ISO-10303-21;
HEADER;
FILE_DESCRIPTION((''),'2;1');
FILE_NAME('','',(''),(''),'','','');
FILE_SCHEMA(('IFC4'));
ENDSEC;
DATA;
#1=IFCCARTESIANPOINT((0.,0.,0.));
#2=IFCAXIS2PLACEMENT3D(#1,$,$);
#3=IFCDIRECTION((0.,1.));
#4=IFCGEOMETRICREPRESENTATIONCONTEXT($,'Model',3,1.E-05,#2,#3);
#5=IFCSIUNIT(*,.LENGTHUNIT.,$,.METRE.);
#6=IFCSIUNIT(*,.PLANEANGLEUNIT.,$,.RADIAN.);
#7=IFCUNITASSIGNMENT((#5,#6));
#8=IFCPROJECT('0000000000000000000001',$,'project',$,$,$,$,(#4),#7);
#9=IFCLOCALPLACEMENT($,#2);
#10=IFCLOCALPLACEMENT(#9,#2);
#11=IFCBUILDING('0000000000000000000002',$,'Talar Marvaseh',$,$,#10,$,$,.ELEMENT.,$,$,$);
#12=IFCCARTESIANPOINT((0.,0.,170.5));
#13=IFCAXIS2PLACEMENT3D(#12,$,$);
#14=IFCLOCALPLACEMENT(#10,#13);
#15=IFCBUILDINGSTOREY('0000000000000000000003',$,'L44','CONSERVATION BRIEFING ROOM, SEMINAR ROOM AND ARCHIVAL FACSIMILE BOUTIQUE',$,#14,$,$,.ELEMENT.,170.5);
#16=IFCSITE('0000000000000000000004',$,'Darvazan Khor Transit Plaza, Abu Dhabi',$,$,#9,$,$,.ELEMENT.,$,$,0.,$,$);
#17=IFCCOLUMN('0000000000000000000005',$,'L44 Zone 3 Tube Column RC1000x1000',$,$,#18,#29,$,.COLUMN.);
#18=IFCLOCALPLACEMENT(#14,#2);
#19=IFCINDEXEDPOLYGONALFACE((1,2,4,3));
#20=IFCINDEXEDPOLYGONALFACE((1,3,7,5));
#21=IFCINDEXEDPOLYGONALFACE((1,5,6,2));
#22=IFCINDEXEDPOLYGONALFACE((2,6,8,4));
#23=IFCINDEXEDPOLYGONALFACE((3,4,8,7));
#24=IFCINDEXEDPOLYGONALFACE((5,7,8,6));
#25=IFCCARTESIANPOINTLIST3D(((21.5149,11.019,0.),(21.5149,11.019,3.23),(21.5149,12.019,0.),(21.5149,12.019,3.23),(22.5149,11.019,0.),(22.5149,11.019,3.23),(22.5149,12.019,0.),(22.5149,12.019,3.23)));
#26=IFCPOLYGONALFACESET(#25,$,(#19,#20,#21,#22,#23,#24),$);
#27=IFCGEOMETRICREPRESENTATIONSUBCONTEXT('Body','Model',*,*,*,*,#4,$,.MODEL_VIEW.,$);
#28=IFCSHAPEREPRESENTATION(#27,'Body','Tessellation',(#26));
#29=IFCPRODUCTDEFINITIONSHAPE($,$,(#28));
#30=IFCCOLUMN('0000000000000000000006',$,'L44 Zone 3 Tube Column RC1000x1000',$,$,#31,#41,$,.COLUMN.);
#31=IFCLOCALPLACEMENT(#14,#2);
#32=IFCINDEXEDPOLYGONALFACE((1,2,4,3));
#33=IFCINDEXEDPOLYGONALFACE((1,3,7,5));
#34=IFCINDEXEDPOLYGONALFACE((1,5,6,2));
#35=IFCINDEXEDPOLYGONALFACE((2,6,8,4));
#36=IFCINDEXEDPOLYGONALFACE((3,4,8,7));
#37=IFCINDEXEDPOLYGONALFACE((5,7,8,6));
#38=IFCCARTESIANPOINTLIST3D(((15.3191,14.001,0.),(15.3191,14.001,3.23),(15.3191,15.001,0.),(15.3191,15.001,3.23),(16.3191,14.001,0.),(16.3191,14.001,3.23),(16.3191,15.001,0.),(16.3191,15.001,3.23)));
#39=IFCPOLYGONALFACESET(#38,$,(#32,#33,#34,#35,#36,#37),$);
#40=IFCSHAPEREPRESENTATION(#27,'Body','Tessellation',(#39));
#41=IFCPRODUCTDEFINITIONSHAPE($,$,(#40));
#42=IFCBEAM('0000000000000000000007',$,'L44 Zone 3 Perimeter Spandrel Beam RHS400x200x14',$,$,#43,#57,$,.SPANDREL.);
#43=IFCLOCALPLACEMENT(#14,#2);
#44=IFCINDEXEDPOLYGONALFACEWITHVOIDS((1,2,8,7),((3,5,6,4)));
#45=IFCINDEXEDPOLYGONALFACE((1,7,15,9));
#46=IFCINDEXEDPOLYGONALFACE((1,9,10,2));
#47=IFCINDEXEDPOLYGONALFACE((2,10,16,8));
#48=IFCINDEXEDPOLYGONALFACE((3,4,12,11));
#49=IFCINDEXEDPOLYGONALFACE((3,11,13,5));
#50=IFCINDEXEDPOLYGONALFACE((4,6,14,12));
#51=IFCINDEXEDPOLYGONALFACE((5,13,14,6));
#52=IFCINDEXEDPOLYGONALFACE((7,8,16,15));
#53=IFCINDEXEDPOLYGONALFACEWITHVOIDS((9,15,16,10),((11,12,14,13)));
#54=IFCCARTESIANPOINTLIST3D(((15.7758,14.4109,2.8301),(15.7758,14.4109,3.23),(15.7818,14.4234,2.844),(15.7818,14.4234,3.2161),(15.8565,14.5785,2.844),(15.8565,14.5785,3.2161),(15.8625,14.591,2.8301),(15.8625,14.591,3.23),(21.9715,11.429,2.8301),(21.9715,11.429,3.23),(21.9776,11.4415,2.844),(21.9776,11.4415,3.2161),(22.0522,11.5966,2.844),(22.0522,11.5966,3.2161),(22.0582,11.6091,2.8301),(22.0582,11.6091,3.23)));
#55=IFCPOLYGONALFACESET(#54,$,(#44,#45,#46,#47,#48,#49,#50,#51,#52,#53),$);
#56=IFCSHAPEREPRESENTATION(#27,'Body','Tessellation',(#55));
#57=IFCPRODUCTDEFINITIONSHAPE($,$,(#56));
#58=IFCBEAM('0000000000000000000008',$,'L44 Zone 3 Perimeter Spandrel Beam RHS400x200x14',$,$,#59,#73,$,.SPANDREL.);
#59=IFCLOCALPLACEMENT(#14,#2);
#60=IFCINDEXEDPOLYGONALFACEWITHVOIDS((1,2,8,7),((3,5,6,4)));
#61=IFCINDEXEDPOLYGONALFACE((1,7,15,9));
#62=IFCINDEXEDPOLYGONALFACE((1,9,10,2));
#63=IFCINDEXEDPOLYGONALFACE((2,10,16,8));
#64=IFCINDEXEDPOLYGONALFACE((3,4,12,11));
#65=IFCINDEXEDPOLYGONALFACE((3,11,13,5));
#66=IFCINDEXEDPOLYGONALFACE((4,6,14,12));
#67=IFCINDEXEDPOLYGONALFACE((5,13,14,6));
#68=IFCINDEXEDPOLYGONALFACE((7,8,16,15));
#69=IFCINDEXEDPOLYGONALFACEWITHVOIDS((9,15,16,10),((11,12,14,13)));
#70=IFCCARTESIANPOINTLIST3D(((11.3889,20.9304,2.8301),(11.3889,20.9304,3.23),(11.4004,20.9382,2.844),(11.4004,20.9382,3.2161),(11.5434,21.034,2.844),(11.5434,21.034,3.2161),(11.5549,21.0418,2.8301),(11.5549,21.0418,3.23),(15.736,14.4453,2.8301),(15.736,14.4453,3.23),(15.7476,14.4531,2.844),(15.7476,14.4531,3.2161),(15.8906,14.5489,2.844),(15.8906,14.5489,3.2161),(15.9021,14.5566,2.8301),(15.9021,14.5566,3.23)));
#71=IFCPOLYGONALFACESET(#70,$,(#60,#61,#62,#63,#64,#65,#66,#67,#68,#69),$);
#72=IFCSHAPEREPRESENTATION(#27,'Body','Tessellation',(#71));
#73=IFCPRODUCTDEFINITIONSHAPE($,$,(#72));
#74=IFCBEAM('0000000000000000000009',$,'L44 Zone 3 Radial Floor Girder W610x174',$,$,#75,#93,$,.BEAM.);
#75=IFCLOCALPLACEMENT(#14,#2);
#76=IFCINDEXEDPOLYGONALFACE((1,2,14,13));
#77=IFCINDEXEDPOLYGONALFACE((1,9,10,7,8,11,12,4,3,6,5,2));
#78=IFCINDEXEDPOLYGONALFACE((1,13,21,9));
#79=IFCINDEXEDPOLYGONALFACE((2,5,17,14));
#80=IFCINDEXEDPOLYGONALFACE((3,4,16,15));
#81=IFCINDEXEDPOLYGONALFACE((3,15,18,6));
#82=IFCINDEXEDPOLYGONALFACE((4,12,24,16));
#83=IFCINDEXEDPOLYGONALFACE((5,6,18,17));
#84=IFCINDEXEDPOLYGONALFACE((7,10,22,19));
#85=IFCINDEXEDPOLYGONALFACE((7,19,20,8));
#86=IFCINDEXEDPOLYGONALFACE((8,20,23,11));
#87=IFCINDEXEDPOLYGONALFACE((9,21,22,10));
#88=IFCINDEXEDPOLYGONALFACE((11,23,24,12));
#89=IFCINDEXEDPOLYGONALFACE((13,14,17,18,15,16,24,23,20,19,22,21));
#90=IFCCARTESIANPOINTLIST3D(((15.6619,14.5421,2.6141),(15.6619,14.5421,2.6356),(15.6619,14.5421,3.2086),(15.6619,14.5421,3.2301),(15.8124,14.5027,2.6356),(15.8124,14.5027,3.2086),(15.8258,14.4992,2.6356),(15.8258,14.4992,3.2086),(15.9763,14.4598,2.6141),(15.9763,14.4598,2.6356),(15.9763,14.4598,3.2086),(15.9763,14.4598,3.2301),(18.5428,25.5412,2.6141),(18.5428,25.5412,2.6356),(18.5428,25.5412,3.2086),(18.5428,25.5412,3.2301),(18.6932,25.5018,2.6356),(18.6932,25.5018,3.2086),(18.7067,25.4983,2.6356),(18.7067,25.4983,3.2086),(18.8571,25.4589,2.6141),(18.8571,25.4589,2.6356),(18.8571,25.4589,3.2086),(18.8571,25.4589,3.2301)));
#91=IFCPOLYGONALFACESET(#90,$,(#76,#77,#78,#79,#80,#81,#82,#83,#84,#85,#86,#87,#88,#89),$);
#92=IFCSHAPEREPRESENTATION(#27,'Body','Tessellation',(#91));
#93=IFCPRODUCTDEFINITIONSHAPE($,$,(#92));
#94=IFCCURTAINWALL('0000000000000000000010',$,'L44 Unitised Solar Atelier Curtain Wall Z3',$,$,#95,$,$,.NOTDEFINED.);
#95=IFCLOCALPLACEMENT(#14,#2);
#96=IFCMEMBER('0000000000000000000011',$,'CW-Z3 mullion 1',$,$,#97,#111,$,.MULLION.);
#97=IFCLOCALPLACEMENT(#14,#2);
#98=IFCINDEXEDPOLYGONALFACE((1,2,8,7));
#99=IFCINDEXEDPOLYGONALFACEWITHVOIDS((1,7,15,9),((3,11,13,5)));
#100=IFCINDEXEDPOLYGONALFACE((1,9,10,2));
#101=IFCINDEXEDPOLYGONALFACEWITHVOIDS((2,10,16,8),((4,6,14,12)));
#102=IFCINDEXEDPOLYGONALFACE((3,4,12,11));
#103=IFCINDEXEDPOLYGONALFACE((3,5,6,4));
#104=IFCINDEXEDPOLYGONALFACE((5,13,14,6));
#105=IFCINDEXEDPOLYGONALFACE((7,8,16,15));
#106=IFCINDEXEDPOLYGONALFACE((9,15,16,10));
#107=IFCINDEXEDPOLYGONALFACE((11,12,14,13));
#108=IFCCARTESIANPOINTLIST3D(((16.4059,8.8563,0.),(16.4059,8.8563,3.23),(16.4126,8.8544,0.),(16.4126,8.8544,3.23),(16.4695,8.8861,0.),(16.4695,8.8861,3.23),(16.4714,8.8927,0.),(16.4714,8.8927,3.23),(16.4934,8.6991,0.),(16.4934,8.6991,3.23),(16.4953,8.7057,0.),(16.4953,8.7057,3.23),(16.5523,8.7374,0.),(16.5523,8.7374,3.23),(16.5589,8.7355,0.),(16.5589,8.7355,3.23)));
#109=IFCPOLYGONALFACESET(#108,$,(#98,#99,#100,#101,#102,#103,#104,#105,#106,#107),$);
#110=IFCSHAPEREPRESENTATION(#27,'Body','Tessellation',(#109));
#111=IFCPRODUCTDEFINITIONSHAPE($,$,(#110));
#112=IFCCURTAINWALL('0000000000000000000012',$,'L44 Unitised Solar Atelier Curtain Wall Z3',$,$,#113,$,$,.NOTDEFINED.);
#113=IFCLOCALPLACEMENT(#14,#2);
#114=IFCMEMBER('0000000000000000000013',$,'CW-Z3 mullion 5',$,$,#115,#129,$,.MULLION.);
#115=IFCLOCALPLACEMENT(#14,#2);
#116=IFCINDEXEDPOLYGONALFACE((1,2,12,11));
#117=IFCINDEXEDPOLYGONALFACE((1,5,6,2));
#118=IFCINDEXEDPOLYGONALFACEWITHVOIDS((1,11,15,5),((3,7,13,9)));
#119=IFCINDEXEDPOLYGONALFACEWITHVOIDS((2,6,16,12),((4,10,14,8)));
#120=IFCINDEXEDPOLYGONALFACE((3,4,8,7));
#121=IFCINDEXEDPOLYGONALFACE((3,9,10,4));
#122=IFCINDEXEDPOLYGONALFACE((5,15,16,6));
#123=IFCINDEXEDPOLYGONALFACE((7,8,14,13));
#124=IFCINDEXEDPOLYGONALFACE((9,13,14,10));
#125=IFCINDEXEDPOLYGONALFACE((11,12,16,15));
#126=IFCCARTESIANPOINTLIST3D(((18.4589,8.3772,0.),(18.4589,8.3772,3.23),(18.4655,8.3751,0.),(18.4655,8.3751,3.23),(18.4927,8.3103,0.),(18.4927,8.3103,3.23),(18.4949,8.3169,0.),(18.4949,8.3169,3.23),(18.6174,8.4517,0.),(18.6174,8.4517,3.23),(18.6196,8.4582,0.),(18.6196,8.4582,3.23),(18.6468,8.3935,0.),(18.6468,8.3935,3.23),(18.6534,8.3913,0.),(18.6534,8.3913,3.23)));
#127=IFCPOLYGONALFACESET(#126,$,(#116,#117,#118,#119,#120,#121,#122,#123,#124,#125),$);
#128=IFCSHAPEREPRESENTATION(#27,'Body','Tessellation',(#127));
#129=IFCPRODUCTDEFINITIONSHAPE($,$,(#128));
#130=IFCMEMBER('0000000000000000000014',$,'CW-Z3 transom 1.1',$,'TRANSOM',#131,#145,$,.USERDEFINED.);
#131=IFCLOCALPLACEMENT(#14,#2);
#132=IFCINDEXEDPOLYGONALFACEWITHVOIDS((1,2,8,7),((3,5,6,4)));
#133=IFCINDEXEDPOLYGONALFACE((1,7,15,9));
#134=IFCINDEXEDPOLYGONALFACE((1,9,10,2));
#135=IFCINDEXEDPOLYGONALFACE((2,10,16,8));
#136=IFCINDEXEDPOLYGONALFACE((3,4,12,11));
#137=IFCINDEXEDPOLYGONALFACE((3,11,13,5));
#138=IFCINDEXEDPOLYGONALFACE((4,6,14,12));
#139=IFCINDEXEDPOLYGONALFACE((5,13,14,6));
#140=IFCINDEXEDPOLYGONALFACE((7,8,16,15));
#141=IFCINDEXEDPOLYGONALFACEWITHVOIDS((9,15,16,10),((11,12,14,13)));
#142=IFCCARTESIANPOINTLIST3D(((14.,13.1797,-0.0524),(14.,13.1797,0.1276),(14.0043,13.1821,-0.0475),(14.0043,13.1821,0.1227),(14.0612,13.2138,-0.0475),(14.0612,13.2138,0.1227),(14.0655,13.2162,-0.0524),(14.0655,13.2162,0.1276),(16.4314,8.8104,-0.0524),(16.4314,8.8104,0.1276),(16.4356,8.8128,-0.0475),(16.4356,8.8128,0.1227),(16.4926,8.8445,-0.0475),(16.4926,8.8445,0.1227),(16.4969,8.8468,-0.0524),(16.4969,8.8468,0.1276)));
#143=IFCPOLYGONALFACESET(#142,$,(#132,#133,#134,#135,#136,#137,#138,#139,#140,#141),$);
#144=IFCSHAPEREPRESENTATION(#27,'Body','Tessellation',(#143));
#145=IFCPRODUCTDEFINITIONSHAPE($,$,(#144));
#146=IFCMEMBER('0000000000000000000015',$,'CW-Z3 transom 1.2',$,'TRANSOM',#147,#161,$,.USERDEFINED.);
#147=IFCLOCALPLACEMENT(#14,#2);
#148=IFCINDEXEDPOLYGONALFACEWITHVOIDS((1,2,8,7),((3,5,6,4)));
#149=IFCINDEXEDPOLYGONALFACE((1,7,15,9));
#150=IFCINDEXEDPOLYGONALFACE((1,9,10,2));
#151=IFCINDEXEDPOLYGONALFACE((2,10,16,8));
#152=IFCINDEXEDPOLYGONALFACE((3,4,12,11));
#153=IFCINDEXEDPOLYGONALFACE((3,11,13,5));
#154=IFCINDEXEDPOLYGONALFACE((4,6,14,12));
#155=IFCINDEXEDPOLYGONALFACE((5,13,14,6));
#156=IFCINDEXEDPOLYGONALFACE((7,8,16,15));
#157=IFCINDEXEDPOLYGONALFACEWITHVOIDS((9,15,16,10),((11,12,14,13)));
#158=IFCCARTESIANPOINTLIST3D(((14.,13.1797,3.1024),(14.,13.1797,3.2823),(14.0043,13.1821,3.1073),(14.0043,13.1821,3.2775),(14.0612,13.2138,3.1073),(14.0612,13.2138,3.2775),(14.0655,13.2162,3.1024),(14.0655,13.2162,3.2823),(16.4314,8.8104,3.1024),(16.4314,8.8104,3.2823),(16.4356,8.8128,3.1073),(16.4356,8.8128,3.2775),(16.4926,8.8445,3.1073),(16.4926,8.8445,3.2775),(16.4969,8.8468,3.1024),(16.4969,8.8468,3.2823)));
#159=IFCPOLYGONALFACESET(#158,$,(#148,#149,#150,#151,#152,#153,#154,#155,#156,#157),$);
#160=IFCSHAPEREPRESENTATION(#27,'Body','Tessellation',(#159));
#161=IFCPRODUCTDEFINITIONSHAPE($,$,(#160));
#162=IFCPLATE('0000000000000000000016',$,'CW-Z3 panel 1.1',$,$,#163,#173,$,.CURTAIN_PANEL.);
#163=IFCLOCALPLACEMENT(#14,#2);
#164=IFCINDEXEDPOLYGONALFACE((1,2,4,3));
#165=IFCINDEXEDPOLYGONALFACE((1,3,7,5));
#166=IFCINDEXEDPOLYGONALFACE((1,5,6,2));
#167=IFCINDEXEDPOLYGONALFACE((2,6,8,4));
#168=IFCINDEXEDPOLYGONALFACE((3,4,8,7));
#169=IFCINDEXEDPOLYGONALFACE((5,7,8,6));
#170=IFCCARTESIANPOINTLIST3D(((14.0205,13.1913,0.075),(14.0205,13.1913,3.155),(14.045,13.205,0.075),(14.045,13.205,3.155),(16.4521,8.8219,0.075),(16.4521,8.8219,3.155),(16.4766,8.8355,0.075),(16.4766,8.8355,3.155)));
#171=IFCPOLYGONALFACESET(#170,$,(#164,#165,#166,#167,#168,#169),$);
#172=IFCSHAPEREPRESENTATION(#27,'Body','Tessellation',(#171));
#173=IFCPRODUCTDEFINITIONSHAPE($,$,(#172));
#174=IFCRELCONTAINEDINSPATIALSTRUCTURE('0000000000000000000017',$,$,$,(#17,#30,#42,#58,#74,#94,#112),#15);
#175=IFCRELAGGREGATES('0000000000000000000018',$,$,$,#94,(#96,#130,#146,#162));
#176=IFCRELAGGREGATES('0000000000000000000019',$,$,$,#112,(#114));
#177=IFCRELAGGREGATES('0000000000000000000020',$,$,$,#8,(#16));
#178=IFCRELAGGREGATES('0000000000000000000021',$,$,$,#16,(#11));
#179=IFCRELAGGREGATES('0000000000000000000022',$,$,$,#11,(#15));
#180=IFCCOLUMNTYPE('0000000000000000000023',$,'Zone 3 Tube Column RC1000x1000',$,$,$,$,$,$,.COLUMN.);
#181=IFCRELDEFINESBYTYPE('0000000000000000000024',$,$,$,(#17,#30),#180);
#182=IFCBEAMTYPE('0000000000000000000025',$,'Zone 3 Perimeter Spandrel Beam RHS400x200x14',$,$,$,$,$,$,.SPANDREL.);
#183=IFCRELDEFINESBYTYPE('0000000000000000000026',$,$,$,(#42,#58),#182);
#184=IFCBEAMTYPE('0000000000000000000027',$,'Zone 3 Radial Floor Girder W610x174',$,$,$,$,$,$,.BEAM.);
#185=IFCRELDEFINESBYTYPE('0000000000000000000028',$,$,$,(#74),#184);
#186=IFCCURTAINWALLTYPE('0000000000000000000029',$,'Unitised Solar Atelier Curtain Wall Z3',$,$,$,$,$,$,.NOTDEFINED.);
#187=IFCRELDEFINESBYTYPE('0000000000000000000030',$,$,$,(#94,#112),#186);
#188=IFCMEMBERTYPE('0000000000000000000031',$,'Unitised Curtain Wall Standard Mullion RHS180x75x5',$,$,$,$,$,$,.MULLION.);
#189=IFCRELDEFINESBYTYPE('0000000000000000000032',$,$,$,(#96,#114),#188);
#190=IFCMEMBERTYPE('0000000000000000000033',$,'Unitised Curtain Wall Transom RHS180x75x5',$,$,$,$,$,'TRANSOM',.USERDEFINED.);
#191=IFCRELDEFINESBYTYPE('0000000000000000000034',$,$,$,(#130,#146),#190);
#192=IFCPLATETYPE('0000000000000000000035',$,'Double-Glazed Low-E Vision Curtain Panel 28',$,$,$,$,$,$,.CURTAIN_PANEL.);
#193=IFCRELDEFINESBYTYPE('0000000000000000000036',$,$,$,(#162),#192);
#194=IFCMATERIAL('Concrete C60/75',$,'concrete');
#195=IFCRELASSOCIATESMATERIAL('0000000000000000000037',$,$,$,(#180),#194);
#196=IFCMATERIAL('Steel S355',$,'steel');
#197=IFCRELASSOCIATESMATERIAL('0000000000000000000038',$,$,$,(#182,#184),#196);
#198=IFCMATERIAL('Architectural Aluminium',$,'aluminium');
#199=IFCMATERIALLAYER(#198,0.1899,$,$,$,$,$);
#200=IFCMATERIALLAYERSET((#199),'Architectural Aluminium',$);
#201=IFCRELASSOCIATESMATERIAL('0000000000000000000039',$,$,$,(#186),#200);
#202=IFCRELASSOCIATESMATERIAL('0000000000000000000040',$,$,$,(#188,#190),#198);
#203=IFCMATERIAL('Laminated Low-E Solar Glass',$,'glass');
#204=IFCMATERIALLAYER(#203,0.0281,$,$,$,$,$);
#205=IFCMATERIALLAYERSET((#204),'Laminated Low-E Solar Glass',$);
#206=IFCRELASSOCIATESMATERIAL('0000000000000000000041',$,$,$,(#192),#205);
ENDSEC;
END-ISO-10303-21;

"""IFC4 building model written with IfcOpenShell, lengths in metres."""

from ifc_helpers import new_model, si_unit, direction, frame, origin, origin_2d, place, context, subcontext, project, spatial, rectangle, hollow_rectangle, i_section, extrude, source, transform, mapped, material, layer, layer_set, material_profile, profile_set, type_object, type_shapes, element, aggregate, save


model = new_model("IFC4")

# Units and contexts
model_context = context("Model", 3, precision=1e-05, world=origin(), true_north=direction((0.0, 1.0)))
body_context = subcontext(model_context, "Body", "Model", "MODEL_VIEW")
ifc_project = project(units=[si_unit("LENGTHUNIT", "METRE"), si_unit("PLANEANGLEUNIT", "RADIAN")], contexts=[model_context])

# Site, building, storey
site_placement = place(None, origin())
site = spatial("IfcSite", under=ifc_project, at=site_placement, Name="Darvazan Khor Transit Plaza, Abu Dhabi", CompositionType="ELEMENT", RefElevation=0.0)
building_placement = place(site_placement, origin())
building = spatial("IfcBuilding", under=site, at=building_placement, Name="Talar Marvaseh", CompositionType="ELEMENT")
storey_placement = place(building_placement, frame((0.0, 0.0, 170.5)))
storey = spatial("IfcBuildingStorey", under=building, at=storey_placement, Name="L44", Description="CONSERVATION BRIEFING ROOM, SEMINAR ROOM AND ARCHIVAL FACSIMILE BOUTIQUE", CompositionType="ELEMENT", Elevation=170.5)

# Columns
ifc_material_1 = material(Name="Concrete C60/75", Category="concrete")
ifc_material_profile_1 = material_profile(ifc_material_1, rectangle(XDim=1.0, YDim=1.0, at=origin_2d()), Name="RC1000x1000")
ifc_profile_set_1 = profile_set([ifc_material_profile_1], Name="Concrete C60/75")
column_type = type_object("IfcColumnType", Name="Zone 3 Tube Column RC1000x1000", PredefinedType="COLUMN", material=ifc_profile_set_1)
for number, where, z_axis, x_axis, name in (
    (1, (22.0149, 11.519, 0.0), (0.0, 0.0, 1.0), (1.0, 0.0, 0.0), "L44 Zone 3 Tube Column RC1000x1000"),
    (2, (15.8191, 14.501, 0.0), (0.0, 0.0, 1.0), (1.0, 0.0, 0.0), "L44 Zone 3 Tube Column RC1000x1000"),
):
    element("IfcColumn", number, at=place(storey_placement, frame(where, z_axis=z_axis, x_axis=x_axis)), inside=storey, type_object=column_type, Name=name, PredefinedType="COLUMN", context=body_context, shape_type="SweptSolid", body=[
        extrude(rectangle(XDim=1.0, YDim=1.0, at=origin_2d()), origin(), (0.0, 0.0, 1.0), 3.23),
    ])

# Beams
ifc_material_2 = material(Name="Steel S355", Category="steel")
ifc_material_profile_2 = material_profile(ifc_material_2, hollow_rectangle(XDim=0.2, YDim=0.3999, WallThickness=0.0139, at=origin_2d()), Name="RHS400x200x14")
ifc_profile_set_2 = profile_set([ifc_material_profile_2], Name="Steel S355")
beam_type_1 = type_object("IfcBeamType", Name="Zone 3 Perimeter Spandrel Beam RHS400x200x14", PredefinedType="SPANDREL", material=ifc_profile_set_2)
beam_1_placement = place(storey_placement, frame((22.0149, 11.519, 3.03), z_axis=(-0.901072, 0.43367, 0.0), x_axis=(-0.43367, -0.901072, 0.0)))
element("IfcBeam", 3, at=beam_1_placement, inside=storey, type_object=beam_type_1, Name="L44 Zone 3 Perimeter Spandrel Beam RHS400x200x14", PredefinedType="SPANDREL", context=body_context, shape_type="SweptSolid", body=[
    extrude(hollow_rectangle(XDim=0.2, YDim=0.3999, WallThickness=0.0139, at=origin_2d()), origin(), (0.0, 0.0, 1.0), 6.876),
])
beam_2_placement = place(storey_placement, frame((15.8191, 14.501, 3.03), z_axis=(-0.556806, 0.830643, 0.0), x_axis=(-0.830643, -0.556806, 0.0)))
element("IfcBeam", 4, at=beam_2_placement, inside=storey, type_object=beam_type_1, Name="L44 Zone 3 Perimeter Spandrel Beam RHS400x200x14", PredefinedType="SPANDREL", context=body_context, shape_type="SweptSolid", body=[
    extrude(hollow_rectangle(XDim=0.2, YDim=0.3999, WallThickness=0.0139, at=origin_2d()), origin(), (0.0, 0.0, 1.0), 7.8074),
])
ifc_material_profile_3 = material_profile(ifc_material_2, i_section(OverallWidth=0.325, OverallDepth=0.616, WebThickness=0.0139, FlangeThickness=0.0215, at=origin_2d()), Name="W610x174")
ifc_profile_set_3 = profile_set([ifc_material_profile_3], Name="Steel S355")
beam_type_2 = type_object("IfcBeamType", Name="Zone 3 Radial Floor Girder W610x174", PredefinedType="BEAM", material=ifc_profile_set_3)
beam_3_placement = place(storey_placement, frame((15.8191, 14.501, 2.9221), z_axis=(0.253373, 0.967369, 0.0), x_axis=(-0.967369, 0.253373, 0.0)))
element("IfcBeam", 5, at=beam_3_placement, inside=storey, type_object=beam_type_2, Name="L44 Zone 3 Radial Floor Girder W610x174", PredefinedType="BEAM", context=body_context, shape_type="SweptSolid", body=[
    extrude(i_section(OverallWidth=0.325, OverallDepth=0.616, WebThickness=0.0139, FlangeThickness=0.0215, at=origin_2d()), origin(), (0.0, 0.0, 1.0), 11.3701),
])

# Curtain walls, members
ifc_material_3 = material(Name="Architectural Aluminium", Category="aluminium")
ifc_layer_1 = layer(ifc_material_3, 0.1899)
ifc_layer_set_1 = layer_set([ifc_layer_1], Name="Architectural Aluminium")
curtain_wall_type = type_object("IfcCurtainWallType", Name="Unitised Solar Atelier Curtain Wall Z3", PredefinedType="NOTDEFINED", material=ifc_layer_set_1)
curtain_wall_1_placement = place(storey_placement, origin())
curtain_wall_1 = element("IfcCurtainWall", 6, at=curtain_wall_1_placement, inside=storey, type_object=curtain_wall_type, Name="L44 Unitised Solar Atelier Curtain Wall Z3", PredefinedType="NOTDEFINED")
ifc_material_profile_4 = material_profile(ifc_material_3, hollow_rectangle(XDim=0.075, YDim=0.1799, WallThickness=0.0049, at=origin_2d()), Name="RHS180x75x5")
ifc_profile_set_4 = profile_set([ifc_material_profile_4], Name="Architectural Aluminium")
member_type_1 = type_object("IfcMemberType", Name="Unitised Curtain Wall Standard Mullion RHS180x75x5", PredefinedType="MULLION", material=ifc_profile_set_4)
shared_shape_1 = source(origin(), body_context, "Body", "SweptSolid", [
    extrude(hollow_rectangle(XDim=0.075, YDim=0.1799, WallThickness=0.0049, at=origin_2d()), origin(), (0.0, 0.0, 1.0), 3.23),
])
type_shapes(member_type_1, [shared_shape_1])
member_1_placement = place(storey_placement, frame((16.4824, 8.7959, 0.0), z_axis=(0.0, 0.0, 1.0), x_axis=(-0.873805, -0.486277, 0.0)))
member_1 = element("IfcMember", 7, at=member_1_placement, type_object=member_type_1, Name="CW-Z3 mullion 1", PredefinedType="MULLION", context=body_context, shape_type="MappedRepresentation", body=[
    mapped(shared_shape_1, transform((0.0, 0.0, 0.0), x_axis=(1.0, 0.0, 0.0), y_axis=(0.0, 1.0, 0.0), z_axis=(0.0, 0.0, 1.0), scale=1.0)),
])
curtain_wall_2_placement = place(storey_placement, origin())
curtain_wall_2 = element("IfcCurtainWall", 8, at=curtain_wall_2_placement, inside=storey, type_object=curtain_wall_type, Name="L44 Unitised Solar Atelier Curtain Wall Z3", PredefinedType="NOTDEFINED")
member_2_placement = place(storey_placement, frame((18.5562, 8.3843, 0.0), z_axis=(0.0, 0.0, 1.0), x_axis=(0.450235, -0.89291, 0.0)))
member_2 = element("IfcMember", 9, at=member_2_placement, type_object=member_type_1, Name="CW-Z3 mullion 5", PredefinedType="MULLION", context=body_context, shape_type="MappedRepresentation", body=[
    mapped(shared_shape_1, transform((0.0, 0.0, 0.0), x_axis=(1.0, 0.0, 0.0), y_axis=(0.0, 1.0, 0.0), z_axis=(0.0, 0.0, 1.0), scale=1.0)),
])

# Members
ifc_material_profile_5 = material_profile(ifc_material_3, hollow_rectangle(XDim=0.075, YDim=0.1799, WallThickness=0.0049, at=origin_2d()), Name="RHS180x75x5")
ifc_profile_set_5 = profile_set([ifc_material_profile_5], Name="Architectural Aluminium")
member_type_2 = type_object("IfcMemberType", Name="Unitised Curtain Wall Transom RHS180x75x5", ElementType="TRANSOM", PredefinedType="USERDEFINED", material=ifc_profile_set_5)
shared_shape_2 = source(origin(), body_context, "Body", "SweptSolid", [
    extrude(hollow_rectangle(XDim=0.075, YDim=0.1799, WallThickness=0.0049, at=origin_2d()), origin(), (0.0, 0.0, 1.0), 5.0002),
])
type_shapes(member_type_2, [shared_shape_2])
member_3_placement = place(storey_placement, frame((16.4641, 8.8286, 0.0376), z_axis=(-0.486248, 0.873821, 0.0), x_axis=(-0.873821, -0.486248, 0.0)))
member_3 = element("IfcMember", 10, at=member_3_placement, type_object=member_type_2, Name="CW-Z3 transom 1.1", ObjectType="TRANSOM", PredefinedType="USERDEFINED", context=body_context, shape_type="MappedRepresentation", body=[
    mapped(shared_shape_2, transform((0.0, 0.0, 0.0), x_axis=(1.0, 0.0, 0.0), y_axis=(0.0, 1.0, 0.0), z_axis=(0.0, 0.0, 1.0), scale=1.0)),
])
member_4_placement = place(storey_placement, frame((16.4641, 8.8286, 3.1924), z_axis=(-0.486248, 0.873821, 0.0), x_axis=(-0.873821, -0.486248, 0.0)))
member_4 = element("IfcMember", 11, at=member_4_placement, type_object=member_type_2, Name="CW-Z3 transom 1.2", ObjectType="TRANSOM", PredefinedType="USERDEFINED", context=body_context, shape_type="MappedRepresentation", body=[
    mapped(shared_shape_2, transform((0.0, 0.0, 0.0), x_axis=(1.0, 0.0, 0.0), y_axis=(0.0, 1.0, 0.0), z_axis=(0.0, 0.0, 1.0), scale=1.0)),
])

# Plate
ifc_material_4 = material(Name="Laminated Low-E Solar Glass", Category="glass")
ifc_layer_2 = layer(ifc_material_4, 0.0281)
ifc_layer_set_2 = layer_set([ifc_layer_2], Name="Laminated Low-E Solar Glass")
plate_type = type_object("IfcPlateType", Name="Double-Glazed Low-E Vision Curtain Panel 28", PredefinedType="CURTAIN_PANEL", material=ifc_layer_set_2)
shared_shape_3 = source(origin(), body_context, "Body", "SweptSolid", [
    extrude(rectangle(XDim=5.0005, YDim=0.0281, at=origin_2d()), origin(), (0.0, 0.0, 1.0), 3.0801),
])
plate_1_placement = place(storey_placement, frame((15.2485, 11.0134, 0.075), z_axis=(0.0, 0.0, 1.0), x_axis=(-0.486277, 0.873805, 0.0)))
plate_1 = element("IfcPlate", 12, at=plate_1_placement, type_object=plate_type, Name="CW-Z3 panel 1.1", PredefinedType="CURTAIN_PANEL", context=body_context, shape_type="MappedRepresentation", body=[
    mapped(shared_shape_3, transform((0.0, 0.0, 0.0), x_axis=(1.0, 0.0, 0.0), y_axis=(0.0, 1.0, 0.0), z_axis=(0.0, 0.0, 1.0), scale=1.0)),
])
aggregate(curtain_wall_1, [member_1, member_3, member_4, plate_1])
aggregate(curtain_wall_2, [member_2])

save(model, "model.ifc")
